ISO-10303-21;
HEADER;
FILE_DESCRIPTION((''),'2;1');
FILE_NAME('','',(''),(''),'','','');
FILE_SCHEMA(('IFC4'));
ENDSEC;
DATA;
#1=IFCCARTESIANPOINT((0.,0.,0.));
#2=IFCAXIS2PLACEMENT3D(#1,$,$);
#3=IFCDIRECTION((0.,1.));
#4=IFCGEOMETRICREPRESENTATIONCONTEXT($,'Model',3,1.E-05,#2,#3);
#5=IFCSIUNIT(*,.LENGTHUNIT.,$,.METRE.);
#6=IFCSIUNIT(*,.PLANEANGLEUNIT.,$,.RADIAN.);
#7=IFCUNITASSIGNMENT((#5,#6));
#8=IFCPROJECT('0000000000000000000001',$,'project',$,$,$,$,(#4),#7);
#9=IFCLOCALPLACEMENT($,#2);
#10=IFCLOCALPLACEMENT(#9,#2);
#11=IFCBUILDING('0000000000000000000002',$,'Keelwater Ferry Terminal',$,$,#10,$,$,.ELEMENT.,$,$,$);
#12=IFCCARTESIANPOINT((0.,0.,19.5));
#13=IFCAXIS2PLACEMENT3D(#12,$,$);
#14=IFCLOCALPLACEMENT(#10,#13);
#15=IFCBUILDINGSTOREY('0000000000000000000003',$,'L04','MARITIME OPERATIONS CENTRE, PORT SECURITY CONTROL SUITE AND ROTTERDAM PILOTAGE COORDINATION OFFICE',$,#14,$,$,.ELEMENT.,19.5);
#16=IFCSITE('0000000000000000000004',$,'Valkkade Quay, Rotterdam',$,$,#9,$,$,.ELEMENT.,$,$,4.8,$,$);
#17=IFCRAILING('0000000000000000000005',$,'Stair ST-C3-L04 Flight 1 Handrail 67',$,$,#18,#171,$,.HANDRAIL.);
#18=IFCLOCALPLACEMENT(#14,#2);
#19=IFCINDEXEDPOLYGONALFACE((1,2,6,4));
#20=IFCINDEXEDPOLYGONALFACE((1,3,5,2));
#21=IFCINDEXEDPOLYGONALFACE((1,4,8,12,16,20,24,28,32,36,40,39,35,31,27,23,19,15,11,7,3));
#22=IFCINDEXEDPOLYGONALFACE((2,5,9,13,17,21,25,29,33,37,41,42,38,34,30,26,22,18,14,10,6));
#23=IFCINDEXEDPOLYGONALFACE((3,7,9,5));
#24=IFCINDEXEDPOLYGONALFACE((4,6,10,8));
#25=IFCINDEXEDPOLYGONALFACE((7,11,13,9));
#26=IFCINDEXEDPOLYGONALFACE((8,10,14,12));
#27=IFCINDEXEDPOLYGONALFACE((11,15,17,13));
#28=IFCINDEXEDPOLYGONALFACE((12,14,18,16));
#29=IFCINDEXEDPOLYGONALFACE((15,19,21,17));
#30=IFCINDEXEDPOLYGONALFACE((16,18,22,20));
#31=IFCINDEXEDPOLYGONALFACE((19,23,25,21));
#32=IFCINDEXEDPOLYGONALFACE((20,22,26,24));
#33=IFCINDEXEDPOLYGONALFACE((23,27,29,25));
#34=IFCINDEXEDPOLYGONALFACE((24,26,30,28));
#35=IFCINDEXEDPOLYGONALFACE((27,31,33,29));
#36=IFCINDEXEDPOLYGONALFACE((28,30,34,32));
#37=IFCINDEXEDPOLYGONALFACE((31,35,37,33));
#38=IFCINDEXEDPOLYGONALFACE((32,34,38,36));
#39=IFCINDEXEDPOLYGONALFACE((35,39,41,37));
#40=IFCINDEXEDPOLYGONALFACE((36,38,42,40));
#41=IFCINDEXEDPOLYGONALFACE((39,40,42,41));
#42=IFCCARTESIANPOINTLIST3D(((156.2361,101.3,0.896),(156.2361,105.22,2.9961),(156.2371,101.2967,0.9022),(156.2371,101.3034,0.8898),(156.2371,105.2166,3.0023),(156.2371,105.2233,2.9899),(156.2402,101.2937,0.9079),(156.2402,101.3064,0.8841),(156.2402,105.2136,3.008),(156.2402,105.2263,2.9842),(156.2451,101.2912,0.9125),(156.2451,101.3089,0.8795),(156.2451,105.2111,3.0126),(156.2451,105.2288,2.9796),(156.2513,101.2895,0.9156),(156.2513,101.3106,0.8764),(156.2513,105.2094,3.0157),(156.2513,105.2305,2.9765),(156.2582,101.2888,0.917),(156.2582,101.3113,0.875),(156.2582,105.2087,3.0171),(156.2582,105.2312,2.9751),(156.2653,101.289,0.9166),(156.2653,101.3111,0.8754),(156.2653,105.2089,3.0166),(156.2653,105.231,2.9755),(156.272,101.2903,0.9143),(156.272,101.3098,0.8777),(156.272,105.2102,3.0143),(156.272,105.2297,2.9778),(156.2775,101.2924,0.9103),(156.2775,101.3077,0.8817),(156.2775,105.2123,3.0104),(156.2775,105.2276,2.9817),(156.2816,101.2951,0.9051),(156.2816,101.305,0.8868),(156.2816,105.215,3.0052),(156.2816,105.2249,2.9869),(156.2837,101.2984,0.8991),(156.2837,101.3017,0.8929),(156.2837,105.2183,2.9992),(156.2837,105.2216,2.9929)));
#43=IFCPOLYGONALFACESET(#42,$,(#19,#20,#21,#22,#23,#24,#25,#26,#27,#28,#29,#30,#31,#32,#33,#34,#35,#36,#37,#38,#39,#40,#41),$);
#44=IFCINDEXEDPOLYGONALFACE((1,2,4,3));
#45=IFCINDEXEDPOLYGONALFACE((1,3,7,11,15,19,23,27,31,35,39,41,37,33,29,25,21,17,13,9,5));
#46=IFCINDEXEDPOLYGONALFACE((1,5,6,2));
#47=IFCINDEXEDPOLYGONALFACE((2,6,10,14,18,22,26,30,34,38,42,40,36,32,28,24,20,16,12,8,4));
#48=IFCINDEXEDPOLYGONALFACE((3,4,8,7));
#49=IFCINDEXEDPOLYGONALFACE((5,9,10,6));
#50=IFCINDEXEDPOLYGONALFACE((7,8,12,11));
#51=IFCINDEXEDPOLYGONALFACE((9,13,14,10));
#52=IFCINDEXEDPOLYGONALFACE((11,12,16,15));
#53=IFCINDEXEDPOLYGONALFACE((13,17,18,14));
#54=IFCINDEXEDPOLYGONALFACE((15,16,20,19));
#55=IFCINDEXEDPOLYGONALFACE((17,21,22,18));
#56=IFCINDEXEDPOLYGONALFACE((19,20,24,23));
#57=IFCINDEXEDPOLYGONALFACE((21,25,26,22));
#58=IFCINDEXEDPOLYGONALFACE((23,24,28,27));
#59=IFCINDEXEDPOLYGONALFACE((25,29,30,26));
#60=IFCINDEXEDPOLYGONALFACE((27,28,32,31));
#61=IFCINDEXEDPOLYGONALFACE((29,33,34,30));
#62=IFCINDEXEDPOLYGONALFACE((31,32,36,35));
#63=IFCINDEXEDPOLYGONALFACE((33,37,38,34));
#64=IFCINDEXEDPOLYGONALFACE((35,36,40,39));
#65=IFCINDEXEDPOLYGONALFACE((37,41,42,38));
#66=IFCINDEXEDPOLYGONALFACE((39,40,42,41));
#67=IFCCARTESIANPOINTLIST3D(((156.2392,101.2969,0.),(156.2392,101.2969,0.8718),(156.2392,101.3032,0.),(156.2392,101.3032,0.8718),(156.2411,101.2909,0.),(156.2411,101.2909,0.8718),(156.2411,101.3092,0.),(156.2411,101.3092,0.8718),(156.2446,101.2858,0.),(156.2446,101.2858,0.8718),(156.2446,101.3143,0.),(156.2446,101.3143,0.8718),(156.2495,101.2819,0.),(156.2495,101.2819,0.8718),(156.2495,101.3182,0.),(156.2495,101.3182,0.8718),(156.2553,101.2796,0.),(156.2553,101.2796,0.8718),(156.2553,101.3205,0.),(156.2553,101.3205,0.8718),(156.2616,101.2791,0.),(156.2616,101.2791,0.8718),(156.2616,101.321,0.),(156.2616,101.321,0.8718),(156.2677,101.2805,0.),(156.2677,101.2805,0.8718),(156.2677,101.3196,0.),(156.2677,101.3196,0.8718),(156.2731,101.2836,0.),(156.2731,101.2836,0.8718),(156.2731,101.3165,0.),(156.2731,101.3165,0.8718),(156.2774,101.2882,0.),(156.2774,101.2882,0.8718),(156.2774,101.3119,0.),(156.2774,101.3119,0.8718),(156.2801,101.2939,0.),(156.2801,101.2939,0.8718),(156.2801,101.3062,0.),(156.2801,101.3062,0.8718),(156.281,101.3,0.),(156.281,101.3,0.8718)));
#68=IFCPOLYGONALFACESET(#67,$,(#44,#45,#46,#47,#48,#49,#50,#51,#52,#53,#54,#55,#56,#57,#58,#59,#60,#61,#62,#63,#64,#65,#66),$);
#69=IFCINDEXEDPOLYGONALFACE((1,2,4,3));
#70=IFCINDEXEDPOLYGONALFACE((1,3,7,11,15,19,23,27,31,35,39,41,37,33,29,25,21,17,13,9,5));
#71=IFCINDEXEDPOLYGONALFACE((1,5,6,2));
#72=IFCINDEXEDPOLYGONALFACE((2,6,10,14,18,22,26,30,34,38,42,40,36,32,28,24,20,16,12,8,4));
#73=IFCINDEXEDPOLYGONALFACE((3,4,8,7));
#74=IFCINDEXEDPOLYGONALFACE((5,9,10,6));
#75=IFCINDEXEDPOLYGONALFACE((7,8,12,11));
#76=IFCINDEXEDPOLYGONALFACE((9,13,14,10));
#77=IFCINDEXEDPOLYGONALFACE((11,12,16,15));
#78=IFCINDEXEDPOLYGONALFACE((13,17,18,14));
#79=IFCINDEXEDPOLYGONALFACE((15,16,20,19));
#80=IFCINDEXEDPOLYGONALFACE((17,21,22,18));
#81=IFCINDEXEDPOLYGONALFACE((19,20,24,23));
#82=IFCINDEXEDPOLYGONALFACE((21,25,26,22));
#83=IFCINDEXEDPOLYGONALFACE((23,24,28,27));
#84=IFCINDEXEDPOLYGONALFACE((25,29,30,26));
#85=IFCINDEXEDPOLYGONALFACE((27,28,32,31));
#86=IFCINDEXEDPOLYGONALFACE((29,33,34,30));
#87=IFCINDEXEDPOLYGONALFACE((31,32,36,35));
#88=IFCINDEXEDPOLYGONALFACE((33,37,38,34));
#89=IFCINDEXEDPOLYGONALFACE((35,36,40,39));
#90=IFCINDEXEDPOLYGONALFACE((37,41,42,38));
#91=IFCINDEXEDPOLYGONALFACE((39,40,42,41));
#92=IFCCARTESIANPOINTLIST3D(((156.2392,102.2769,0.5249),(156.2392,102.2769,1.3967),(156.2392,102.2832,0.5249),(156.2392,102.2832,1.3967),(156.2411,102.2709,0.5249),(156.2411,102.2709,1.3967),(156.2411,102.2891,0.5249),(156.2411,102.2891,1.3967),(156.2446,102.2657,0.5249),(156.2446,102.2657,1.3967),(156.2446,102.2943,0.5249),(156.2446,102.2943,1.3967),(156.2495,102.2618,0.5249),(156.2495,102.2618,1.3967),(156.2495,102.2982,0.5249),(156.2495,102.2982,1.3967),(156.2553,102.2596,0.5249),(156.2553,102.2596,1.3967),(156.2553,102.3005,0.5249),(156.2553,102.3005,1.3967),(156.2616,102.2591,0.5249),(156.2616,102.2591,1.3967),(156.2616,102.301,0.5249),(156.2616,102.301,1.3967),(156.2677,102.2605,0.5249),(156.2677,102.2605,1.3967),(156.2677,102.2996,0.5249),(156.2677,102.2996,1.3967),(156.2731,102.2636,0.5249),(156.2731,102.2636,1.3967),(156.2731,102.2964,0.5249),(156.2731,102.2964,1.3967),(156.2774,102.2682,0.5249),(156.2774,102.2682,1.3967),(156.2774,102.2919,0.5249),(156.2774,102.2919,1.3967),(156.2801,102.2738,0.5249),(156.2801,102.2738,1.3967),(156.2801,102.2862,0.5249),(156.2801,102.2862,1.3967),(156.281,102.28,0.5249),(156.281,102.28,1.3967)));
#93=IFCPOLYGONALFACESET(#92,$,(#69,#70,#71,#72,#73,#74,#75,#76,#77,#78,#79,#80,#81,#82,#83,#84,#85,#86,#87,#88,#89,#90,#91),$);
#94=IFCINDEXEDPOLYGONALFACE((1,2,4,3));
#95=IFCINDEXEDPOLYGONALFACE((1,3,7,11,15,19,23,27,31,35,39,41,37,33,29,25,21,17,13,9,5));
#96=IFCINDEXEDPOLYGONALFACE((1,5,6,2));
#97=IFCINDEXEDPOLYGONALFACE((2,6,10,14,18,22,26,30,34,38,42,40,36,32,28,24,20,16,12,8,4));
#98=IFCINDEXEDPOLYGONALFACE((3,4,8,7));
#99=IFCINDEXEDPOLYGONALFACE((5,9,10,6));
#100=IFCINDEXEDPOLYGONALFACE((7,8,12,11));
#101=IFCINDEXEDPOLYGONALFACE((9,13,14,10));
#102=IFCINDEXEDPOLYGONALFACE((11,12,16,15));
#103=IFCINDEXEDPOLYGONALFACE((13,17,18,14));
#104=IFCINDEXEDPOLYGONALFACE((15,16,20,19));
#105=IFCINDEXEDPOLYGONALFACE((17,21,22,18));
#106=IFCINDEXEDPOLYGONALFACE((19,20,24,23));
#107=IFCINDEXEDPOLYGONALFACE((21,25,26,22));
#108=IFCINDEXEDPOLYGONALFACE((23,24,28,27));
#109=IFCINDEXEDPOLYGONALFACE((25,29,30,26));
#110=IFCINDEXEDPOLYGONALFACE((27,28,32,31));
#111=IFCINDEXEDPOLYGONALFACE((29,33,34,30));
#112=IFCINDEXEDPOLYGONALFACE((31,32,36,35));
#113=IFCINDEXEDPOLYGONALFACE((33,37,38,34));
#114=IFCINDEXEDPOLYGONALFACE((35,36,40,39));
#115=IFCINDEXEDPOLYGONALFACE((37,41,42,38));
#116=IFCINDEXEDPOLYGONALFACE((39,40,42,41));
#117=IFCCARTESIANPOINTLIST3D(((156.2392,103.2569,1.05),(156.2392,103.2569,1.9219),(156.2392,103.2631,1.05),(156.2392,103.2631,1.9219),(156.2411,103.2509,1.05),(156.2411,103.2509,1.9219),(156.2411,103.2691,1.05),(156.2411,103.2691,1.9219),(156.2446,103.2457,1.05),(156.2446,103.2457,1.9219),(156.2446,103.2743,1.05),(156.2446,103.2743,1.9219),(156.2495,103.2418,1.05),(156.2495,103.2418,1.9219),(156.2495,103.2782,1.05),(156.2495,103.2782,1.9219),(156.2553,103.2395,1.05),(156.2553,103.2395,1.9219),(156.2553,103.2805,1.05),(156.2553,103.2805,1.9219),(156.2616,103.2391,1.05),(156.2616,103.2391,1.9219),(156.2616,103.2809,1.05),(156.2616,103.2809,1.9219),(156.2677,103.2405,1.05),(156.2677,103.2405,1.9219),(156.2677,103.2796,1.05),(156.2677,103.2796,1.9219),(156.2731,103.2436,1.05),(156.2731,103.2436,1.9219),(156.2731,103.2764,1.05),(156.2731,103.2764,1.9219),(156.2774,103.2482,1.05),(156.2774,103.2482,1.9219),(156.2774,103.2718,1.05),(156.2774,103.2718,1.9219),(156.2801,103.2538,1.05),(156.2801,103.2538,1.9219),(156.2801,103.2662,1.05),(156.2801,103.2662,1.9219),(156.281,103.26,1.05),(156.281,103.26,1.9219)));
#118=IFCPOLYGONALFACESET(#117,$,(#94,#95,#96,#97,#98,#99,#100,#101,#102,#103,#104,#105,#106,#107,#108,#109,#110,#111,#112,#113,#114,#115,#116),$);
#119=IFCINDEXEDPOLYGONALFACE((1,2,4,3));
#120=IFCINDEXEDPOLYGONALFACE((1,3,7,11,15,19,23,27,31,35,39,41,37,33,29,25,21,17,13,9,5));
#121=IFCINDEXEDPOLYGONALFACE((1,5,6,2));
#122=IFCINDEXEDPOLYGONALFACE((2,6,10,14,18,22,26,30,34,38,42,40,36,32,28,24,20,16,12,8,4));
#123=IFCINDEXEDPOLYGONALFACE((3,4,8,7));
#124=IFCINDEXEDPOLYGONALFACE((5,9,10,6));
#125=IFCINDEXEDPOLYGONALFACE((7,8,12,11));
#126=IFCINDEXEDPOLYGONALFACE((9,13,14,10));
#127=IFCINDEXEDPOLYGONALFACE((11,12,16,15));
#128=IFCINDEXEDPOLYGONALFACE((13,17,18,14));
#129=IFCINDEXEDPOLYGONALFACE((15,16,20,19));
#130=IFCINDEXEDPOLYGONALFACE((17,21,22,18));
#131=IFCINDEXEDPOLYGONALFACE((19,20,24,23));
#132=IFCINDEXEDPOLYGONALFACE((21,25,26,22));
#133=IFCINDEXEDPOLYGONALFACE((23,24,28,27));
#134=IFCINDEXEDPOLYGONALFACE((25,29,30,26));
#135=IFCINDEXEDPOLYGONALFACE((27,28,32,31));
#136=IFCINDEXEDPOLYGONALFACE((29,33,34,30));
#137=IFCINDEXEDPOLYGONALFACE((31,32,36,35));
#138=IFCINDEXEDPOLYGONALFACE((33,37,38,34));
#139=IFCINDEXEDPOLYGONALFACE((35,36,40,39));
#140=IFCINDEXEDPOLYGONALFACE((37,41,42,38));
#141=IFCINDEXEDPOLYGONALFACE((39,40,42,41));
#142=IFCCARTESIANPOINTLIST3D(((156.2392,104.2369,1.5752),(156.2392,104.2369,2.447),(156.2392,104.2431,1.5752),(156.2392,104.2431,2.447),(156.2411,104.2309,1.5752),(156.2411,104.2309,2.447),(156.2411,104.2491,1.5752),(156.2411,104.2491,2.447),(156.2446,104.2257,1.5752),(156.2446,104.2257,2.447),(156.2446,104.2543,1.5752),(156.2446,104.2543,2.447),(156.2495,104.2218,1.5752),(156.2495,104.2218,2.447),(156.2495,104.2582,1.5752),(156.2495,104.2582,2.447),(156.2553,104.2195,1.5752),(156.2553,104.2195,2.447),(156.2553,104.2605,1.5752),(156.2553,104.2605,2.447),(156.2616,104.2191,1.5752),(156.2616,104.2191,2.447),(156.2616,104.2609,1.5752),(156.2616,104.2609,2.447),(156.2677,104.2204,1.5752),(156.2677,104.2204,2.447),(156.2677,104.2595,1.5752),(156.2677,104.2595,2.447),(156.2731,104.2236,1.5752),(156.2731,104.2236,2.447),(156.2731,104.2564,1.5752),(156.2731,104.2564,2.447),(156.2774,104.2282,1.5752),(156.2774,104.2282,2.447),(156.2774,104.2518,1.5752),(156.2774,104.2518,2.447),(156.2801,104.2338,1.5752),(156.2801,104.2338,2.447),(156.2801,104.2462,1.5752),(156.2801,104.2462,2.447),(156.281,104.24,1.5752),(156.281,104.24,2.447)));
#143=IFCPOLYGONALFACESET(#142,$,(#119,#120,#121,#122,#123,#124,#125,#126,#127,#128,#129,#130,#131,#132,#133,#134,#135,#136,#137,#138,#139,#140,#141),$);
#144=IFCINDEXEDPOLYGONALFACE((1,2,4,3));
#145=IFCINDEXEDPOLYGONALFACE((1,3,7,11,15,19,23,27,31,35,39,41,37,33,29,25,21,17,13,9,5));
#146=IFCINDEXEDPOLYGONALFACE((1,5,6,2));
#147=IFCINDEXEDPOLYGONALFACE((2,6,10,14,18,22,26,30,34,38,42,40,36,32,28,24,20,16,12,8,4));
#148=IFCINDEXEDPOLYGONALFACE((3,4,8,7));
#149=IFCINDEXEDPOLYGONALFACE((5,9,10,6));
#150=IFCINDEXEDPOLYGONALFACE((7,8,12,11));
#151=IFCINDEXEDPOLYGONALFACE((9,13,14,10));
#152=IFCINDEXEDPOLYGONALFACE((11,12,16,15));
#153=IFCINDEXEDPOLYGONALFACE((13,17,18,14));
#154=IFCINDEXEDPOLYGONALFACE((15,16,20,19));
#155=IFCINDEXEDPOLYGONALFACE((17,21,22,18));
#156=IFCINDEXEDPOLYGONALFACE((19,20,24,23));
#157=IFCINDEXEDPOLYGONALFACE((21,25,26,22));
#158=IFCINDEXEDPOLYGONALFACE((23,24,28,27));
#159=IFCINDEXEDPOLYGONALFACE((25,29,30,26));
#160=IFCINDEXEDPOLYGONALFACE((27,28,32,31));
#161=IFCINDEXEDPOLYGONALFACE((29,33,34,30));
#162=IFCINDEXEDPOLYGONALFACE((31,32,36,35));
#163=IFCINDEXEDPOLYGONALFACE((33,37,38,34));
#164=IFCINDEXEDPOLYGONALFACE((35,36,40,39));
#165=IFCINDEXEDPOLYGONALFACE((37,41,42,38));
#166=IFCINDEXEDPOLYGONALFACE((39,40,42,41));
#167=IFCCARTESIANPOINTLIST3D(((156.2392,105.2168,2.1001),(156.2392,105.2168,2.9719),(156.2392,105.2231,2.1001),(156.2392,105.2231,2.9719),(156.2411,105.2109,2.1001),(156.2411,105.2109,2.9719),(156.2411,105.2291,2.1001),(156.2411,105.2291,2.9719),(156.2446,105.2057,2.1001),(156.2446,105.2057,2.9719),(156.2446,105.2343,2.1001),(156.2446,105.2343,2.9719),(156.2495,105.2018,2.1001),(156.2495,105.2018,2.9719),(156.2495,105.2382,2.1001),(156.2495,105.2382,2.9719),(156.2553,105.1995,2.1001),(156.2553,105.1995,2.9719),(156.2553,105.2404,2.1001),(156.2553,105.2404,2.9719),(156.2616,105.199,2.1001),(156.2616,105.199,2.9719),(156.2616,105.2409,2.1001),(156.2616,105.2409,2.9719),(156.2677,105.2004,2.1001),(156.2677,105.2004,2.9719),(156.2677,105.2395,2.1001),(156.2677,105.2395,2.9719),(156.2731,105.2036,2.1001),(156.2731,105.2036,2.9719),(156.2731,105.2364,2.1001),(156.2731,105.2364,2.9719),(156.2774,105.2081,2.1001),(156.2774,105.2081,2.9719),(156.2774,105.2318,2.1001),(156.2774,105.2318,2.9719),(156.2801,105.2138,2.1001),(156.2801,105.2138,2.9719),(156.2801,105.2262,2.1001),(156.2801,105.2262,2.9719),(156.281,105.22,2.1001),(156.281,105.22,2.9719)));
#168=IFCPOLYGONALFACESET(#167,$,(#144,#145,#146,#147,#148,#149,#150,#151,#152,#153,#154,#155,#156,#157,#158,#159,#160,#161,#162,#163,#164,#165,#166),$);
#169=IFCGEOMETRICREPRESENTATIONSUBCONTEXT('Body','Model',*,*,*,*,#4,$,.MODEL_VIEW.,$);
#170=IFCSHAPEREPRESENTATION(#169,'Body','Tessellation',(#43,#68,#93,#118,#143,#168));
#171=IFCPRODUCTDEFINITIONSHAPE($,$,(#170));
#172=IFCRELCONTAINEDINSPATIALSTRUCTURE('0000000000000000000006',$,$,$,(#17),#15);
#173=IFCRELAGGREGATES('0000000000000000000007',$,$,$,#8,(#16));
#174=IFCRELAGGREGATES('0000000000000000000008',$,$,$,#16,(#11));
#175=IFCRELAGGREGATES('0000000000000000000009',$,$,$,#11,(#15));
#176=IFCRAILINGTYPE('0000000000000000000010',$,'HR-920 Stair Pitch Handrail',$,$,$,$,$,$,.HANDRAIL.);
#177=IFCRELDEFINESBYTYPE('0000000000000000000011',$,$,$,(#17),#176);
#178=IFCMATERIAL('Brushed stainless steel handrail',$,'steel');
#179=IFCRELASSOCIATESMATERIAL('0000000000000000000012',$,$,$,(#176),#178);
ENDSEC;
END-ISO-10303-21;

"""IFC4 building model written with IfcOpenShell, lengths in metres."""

from ifc_helpers import new_model, si_unit, direction, frame, origin, origin_2d, place, context, subcontext, project, spatial, circle, extrude, material, type_object, element, save


model = new_model("IFC4")

# Units and contexts
model_context = context("Model", 3, precision=1e-05, world=origin(), true_north=direction((0.0, 1.0)))
body_context = subcontext(model_context, "Body", "Model", "MODEL_VIEW")
ifc_project = project(units=[si_unit("LENGTHUNIT", "METRE"), si_unit("PLANEANGLEUNIT", "RADIAN")], contexts=[model_context])

# Site, building, storey
site_placement = place(None, origin())
site = spatial("IfcSite", under=ifc_project, at=site_placement, Name="Valkkade Quay, Rotterdam", CompositionType="ELEMENT", RefElevation=4.8)
building_placement = place(site_placement, origin())
building = spatial("IfcBuilding", under=site, at=building_placement, Name="Keelwater Ferry Terminal", CompositionType="ELEMENT")
storey_placement = place(building_placement, frame((0.0, 0.0, 19.5)))
storey = spatial("IfcBuildingStorey", under=building, at=storey_placement, Name="L04", Description="MARITIME OPERATIONS CENTRE, PORT SECURITY CONTROL SUITE AND ROTTERDAM PILOTAGE COORDINATION OFFICE", CompositionType="ELEMENT", Elevation=19.5)

# Railing
ifc_material_1 = material(Name="Brushed stainless steel handrail", Category="steel")
railing_type_1 = type_object("IfcRailingType", Name="HR-920 Stair Pitch Handrail", PredefinedType="HANDRAIL", material=ifc_material_1)
railing_1_placement = place(storey_placement, frame((156.26, 101.3, 0.0)))
element("IfcRailing", 1, at=railing_1_placement, inside=storey, type_object=railing_type_1, Name="Stair ST-C3-L04 Flight 1 Handrail 67", PredefinedType="HANDRAIL", context=body_context, shape_type="SweptSolid", body=[
    extrude(circle(Radius=0.0239, at=origin_2d()), frame((0.0, 0.0, 0.896), z_axis=(0.0, 0.881467, 0.472246), x_axis=(-1.0, 0.0, 0.0)), (0.0, 0.0, 1.0), 4.447),
    extrude(circle(Radius=0.021, at=origin_2d()), origin(), (0.0, 0.0, 1.0), 0.8718),
    extrude(circle(Radius=0.021, at=origin_2d()), frame((0.0, 0.98, 0.5249)), (0.0, 0.0, 1.0), 0.8718),
    extrude(circle(Radius=0.021, at=origin_2d()), frame((0.0, 1.96, 1.05)), (0.0, 0.0, 1.0), 0.8718),
    extrude(circle(Radius=0.021, at=origin_2d()), frame((0.0, 2.9399, 1.5752)), (0.0, 0.0, 1.0), 0.8718),
    extrude(circle(Radius=0.021, at=origin_2d()), frame((0.0, 3.9199, 2.1001)), (0.0, 0.0, 1.0), 0.8718),
])

save(model, "model.ifc")
